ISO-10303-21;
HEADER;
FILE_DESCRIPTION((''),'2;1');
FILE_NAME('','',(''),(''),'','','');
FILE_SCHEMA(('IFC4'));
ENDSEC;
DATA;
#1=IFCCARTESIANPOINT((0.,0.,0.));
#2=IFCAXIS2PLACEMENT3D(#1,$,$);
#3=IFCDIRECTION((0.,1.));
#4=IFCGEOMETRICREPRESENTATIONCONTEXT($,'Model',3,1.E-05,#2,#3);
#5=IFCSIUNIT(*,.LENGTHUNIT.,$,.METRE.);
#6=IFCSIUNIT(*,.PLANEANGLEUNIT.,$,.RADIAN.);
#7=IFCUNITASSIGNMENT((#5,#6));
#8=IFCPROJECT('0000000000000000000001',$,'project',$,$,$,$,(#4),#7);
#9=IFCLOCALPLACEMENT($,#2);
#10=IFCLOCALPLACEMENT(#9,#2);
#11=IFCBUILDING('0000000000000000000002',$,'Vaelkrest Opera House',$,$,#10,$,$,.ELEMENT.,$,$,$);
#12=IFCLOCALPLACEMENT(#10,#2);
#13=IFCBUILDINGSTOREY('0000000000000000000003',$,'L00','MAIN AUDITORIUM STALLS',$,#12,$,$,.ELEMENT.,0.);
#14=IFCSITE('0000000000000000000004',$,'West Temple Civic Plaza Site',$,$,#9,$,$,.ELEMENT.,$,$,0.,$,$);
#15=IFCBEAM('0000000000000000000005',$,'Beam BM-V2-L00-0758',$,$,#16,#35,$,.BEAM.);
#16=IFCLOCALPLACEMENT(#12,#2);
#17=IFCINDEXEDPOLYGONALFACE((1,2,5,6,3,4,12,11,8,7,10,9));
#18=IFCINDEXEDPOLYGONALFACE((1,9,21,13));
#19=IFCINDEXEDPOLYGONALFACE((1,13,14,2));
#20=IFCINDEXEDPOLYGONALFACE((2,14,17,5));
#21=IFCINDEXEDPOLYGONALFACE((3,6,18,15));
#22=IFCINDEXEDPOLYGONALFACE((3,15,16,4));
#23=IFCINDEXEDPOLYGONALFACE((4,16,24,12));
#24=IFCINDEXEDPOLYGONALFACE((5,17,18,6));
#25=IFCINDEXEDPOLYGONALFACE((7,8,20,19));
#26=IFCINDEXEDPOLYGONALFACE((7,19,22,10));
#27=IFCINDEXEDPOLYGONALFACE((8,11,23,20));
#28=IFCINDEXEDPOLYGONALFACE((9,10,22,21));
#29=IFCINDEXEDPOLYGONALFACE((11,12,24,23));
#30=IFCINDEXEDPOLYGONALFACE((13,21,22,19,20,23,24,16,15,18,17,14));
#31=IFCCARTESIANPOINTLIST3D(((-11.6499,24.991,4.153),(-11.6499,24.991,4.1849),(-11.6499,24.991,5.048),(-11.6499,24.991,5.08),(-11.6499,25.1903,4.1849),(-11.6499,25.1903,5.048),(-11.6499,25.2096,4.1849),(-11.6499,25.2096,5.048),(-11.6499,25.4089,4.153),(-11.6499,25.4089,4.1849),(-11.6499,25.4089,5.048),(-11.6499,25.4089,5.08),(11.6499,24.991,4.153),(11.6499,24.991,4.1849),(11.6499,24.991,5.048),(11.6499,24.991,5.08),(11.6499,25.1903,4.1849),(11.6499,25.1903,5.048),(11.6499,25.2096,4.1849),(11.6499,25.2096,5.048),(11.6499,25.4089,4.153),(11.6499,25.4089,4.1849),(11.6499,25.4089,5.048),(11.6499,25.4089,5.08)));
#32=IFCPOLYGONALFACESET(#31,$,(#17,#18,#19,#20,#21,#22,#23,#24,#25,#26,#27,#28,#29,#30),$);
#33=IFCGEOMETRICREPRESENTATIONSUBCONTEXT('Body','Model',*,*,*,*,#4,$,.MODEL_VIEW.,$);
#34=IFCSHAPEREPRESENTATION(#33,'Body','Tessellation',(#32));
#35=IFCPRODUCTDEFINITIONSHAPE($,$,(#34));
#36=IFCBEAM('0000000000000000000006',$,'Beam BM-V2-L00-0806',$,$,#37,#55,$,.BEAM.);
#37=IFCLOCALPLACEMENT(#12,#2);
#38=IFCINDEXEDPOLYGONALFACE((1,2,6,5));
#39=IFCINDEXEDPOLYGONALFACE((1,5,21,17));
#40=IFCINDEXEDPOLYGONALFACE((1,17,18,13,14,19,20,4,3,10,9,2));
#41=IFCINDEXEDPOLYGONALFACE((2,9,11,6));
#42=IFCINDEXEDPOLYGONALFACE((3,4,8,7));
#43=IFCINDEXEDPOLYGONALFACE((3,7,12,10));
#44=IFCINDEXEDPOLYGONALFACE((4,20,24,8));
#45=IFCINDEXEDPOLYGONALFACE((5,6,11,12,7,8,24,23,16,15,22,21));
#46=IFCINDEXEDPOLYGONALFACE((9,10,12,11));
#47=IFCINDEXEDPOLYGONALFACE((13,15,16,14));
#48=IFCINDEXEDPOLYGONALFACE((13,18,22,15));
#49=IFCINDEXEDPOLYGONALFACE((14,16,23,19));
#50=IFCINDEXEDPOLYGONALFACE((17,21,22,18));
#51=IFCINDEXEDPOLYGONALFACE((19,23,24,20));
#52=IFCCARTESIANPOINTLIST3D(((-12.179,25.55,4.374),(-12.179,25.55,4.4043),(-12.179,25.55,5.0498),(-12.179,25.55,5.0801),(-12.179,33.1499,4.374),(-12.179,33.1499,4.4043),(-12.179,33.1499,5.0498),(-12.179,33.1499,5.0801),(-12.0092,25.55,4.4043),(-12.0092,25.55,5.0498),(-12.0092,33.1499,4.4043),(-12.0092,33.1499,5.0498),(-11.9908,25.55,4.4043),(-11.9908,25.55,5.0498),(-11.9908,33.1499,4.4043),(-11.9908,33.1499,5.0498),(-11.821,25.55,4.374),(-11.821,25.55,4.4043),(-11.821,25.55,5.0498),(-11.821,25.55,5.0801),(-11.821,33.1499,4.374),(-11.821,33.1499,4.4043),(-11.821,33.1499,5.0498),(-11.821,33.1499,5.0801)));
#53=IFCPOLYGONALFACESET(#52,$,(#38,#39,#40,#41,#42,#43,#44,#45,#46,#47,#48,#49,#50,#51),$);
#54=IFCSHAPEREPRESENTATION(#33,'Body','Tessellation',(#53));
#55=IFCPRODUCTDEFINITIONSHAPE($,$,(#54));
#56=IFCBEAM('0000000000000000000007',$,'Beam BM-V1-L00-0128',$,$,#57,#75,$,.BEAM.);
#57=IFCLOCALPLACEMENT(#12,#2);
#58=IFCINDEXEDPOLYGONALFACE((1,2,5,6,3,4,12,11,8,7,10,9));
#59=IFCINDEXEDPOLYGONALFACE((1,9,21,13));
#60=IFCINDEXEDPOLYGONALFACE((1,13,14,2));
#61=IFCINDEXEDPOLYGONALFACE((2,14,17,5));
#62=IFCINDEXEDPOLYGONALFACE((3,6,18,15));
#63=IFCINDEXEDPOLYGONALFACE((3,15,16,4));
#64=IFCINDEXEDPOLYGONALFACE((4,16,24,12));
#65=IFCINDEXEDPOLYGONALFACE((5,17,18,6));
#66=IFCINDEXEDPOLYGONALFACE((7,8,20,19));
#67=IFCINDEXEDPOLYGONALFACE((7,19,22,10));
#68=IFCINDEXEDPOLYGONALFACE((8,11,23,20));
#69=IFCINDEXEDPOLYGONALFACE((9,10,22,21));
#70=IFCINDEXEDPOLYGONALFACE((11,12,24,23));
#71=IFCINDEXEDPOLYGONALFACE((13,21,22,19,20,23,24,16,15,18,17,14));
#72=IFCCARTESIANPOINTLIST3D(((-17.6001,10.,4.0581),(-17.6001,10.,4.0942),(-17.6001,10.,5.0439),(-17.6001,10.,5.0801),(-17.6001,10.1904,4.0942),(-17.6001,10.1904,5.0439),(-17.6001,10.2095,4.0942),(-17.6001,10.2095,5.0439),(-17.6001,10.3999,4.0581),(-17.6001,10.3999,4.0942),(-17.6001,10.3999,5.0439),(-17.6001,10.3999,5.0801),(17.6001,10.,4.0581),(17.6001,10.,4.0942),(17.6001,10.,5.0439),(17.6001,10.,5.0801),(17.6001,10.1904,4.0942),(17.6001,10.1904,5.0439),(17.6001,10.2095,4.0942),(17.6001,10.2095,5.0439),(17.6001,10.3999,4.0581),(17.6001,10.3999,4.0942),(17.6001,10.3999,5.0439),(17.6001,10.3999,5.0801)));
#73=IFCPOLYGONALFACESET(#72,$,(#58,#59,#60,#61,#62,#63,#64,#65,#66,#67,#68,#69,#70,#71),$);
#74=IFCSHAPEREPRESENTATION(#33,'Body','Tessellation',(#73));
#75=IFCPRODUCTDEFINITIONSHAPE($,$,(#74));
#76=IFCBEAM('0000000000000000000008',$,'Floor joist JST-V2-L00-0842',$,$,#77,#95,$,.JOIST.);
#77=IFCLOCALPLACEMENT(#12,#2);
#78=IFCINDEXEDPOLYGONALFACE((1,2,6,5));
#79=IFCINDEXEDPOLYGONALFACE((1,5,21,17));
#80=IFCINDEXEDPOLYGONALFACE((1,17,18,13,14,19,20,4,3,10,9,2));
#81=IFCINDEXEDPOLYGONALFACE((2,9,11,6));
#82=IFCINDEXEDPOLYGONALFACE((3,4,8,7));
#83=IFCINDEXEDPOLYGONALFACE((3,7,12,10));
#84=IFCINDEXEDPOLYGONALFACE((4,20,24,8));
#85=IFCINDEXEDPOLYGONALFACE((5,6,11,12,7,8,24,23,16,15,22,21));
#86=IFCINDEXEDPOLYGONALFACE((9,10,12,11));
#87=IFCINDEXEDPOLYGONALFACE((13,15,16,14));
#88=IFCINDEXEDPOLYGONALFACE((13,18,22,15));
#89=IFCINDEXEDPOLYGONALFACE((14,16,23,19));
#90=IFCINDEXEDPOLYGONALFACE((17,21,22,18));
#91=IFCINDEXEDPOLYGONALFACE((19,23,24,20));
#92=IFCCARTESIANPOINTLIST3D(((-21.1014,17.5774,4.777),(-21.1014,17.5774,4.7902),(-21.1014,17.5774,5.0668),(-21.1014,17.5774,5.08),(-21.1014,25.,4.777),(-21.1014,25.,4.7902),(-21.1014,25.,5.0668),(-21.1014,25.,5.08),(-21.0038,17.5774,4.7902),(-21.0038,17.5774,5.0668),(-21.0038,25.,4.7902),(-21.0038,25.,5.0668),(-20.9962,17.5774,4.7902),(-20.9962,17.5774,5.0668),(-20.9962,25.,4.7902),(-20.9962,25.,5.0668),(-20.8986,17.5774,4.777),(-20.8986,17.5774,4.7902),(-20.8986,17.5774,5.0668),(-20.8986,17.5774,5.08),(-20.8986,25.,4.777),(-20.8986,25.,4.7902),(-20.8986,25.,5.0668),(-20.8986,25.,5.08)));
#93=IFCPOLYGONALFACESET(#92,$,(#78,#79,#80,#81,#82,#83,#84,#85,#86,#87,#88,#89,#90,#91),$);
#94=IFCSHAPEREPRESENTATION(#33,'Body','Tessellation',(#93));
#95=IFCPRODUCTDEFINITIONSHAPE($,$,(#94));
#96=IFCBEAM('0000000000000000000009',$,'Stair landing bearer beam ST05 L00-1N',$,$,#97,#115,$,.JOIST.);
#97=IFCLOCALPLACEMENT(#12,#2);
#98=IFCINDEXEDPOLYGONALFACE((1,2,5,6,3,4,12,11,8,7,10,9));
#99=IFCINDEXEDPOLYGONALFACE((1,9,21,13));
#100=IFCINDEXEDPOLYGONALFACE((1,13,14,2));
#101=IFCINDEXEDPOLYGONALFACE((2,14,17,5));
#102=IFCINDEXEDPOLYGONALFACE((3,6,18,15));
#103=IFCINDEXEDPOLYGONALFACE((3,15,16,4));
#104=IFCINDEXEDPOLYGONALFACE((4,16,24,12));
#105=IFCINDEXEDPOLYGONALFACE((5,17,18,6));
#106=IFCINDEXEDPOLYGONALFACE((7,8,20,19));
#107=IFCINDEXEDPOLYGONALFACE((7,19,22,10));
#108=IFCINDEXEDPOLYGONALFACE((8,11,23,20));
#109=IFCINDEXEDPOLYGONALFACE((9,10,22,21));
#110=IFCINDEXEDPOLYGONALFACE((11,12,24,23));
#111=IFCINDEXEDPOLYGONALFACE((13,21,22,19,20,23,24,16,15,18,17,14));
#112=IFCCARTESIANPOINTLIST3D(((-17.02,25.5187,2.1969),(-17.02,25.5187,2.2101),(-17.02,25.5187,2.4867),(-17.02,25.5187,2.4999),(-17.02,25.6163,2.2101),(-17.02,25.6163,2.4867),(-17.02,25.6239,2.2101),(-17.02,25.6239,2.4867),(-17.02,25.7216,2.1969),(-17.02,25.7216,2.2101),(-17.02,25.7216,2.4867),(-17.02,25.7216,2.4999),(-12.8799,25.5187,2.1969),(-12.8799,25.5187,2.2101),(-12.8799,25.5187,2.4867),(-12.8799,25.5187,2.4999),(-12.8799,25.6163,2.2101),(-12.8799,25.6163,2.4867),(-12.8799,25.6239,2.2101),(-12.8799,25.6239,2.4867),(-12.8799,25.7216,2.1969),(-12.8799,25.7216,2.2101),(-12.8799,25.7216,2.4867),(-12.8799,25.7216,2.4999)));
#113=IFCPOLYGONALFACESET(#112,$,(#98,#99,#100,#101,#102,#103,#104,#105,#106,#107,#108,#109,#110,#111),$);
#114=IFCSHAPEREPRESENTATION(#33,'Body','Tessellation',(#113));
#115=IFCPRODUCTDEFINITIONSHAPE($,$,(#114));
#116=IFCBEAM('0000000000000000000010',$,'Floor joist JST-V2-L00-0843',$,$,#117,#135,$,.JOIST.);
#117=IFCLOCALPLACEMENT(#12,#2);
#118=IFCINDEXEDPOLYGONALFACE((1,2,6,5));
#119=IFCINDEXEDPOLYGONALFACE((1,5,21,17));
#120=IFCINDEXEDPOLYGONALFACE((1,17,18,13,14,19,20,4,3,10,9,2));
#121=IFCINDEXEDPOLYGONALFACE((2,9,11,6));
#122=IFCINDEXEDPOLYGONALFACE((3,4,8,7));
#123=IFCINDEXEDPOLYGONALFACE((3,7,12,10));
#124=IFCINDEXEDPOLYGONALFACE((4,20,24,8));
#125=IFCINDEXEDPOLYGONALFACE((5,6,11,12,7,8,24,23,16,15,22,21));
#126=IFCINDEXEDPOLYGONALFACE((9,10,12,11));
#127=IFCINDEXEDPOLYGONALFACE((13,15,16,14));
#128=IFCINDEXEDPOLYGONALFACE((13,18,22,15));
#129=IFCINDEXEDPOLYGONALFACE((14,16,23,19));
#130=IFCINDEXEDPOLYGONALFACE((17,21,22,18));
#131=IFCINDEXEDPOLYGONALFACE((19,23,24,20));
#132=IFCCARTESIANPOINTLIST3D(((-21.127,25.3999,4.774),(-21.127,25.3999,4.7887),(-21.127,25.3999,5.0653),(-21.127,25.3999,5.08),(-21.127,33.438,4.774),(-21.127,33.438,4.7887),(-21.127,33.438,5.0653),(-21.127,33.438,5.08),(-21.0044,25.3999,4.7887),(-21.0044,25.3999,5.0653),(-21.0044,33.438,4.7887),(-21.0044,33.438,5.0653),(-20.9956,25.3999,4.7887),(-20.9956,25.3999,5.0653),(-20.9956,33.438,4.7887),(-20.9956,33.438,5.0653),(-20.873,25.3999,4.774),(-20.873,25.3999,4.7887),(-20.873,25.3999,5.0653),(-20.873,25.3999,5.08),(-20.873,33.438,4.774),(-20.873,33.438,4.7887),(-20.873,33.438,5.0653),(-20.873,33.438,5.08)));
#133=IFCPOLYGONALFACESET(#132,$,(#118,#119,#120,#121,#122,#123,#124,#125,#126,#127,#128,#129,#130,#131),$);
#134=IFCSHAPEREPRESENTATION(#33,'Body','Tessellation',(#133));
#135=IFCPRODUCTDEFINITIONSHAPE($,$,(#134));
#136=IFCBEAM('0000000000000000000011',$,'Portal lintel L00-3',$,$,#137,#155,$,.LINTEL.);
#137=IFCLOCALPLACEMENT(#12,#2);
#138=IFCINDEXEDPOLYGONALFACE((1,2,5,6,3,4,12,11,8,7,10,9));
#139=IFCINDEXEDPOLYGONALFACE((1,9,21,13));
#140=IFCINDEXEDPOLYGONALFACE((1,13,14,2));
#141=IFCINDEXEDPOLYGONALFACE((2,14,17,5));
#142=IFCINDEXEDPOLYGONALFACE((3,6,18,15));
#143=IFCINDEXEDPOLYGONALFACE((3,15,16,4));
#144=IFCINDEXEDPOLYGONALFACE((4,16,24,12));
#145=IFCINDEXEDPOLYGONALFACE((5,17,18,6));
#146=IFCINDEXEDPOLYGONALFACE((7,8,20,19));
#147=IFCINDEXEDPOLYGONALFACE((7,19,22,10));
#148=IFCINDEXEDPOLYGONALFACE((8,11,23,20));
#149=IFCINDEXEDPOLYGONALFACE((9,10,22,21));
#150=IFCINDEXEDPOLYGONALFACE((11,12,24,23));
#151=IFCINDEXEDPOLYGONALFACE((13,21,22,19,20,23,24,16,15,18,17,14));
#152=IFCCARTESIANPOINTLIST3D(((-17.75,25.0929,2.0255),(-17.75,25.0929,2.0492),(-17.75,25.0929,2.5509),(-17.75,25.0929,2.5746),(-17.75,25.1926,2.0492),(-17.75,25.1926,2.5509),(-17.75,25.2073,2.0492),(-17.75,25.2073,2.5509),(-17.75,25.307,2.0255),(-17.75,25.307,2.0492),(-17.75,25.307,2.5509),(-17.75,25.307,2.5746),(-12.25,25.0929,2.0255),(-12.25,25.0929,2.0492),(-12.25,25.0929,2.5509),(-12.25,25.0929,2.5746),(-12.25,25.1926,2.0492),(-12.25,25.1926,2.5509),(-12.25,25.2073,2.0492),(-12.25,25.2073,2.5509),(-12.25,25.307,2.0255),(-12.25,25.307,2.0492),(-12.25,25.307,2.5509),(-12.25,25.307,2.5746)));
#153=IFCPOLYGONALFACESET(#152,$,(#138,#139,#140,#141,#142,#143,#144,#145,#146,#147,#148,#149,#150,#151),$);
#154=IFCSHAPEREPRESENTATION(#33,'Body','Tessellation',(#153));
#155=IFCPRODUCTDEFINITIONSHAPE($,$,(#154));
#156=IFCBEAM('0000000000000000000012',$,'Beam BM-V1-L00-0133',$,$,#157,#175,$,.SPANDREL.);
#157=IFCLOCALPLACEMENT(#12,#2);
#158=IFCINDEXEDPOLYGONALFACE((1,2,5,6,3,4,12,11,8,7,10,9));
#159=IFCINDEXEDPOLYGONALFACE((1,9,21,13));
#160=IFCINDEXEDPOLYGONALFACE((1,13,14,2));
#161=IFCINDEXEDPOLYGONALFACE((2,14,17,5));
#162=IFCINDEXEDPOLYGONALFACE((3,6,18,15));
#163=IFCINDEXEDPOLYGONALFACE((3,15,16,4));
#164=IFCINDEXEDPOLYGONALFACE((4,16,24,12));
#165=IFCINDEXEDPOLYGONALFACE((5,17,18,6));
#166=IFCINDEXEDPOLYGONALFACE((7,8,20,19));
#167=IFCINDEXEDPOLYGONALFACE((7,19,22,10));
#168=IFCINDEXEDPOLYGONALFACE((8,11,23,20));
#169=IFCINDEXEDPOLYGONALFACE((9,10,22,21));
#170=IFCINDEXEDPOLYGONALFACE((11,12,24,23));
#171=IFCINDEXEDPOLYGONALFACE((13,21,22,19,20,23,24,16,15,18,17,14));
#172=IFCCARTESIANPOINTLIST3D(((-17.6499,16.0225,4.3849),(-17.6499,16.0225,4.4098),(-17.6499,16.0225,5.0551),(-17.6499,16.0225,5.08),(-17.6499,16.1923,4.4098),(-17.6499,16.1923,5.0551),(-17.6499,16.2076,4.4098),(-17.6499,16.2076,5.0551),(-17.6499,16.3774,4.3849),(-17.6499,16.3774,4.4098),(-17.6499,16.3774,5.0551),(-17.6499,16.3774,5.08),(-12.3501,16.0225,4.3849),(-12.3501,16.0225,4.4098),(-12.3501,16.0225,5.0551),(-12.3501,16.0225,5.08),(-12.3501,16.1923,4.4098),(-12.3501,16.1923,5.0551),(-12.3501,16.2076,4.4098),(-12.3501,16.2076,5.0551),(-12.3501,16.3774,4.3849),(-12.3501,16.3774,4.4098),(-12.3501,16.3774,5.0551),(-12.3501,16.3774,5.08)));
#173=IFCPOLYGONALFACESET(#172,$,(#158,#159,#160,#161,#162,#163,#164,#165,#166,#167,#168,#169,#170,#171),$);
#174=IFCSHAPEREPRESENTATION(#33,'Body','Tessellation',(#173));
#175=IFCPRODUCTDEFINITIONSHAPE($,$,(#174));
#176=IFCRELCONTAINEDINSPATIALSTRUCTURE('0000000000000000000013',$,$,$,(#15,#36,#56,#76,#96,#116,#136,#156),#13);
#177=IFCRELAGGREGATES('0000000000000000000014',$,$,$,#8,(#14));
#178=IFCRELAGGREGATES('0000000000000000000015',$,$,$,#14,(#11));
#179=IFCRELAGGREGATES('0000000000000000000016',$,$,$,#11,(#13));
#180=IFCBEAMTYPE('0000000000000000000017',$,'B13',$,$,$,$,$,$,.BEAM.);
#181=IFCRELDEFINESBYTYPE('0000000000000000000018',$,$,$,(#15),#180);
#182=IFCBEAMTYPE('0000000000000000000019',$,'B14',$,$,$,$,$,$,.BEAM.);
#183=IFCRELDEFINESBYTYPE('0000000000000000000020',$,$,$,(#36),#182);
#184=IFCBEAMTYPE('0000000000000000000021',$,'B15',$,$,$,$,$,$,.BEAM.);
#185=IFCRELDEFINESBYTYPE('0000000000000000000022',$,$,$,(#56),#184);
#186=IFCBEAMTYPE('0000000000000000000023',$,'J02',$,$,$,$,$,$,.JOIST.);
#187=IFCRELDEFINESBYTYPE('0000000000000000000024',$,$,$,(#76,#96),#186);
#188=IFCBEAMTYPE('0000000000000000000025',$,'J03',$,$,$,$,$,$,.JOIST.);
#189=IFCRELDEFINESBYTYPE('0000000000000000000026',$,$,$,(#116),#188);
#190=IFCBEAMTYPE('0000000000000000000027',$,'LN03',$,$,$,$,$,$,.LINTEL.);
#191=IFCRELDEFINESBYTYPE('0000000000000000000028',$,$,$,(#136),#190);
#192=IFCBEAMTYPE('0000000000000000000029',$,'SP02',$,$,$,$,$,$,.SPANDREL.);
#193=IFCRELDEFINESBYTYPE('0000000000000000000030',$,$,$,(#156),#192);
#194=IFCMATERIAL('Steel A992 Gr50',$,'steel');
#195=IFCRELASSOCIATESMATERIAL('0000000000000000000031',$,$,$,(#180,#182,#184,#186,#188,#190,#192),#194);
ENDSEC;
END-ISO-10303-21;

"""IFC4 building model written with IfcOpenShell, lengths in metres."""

from ifc_helpers import new_model, si_unit, direction, frame, origin, origin_2d, place, context, subcontext, project, spatial, i_section, extrude, material, material_profile, profile_set, type_object, element, save


model = new_model("IFC4")

# Units and contexts
model_context = context("Model", 3, precision=1e-05, world=origin(), true_north=direction((0.0, 1.0)))
body_context = subcontext(model_context, "Body", "Model", "MODEL_VIEW")
ifc_project = project(units=[si_unit("LENGTHUNIT", "METRE"), si_unit("PLANEANGLEUNIT", "RADIAN")], contexts=[model_context])

# Site, building, storey
site_placement = place(None, origin())
site = spatial("IfcSite", under=ifc_project, at=site_placement, Name="West Temple Civic Plaza Site", CompositionType="ELEMENT", RefElevation=0.0)
building_placement = place(site_placement, origin())
building = spatial("IfcBuilding", under=site, at=building_placement, Name="Vaelkrest Opera House", CompositionType="ELEMENT")
storey_placement = place(building_placement, origin())
storey = spatial("IfcBuildingStorey", under=building, at=storey_placement, Name="L00", Description="MAIN AUDITORIUM STALLS", CompositionType="ELEMENT", Elevation=0.0)

# Beams
ifc_material_1 = material(Name="Steel A992 Gr50", Category="steel")
ifc_material_profile_1 = material_profile(ifc_material_1, i_section(OverallWidth=0.418, OverallDepth=0.927, WebThickness=0.0193, FlangeThickness=0.032, at=origin_2d()), Name="W36X231")
ifc_profile_set_1 = profile_set([ifc_material_profile_1], Name="Steel A992 Gr50")
beam_type_1 = type_object("IfcBeamType", Name="B13", PredefinedType="BEAM", material=ifc_profile_set_1)
beam_1_placement = place(storey_placement, frame((-11.6499, 25.2, 4.6165), z_axis=(1.0, 0.0, 0.0), x_axis=(0.0, 1.0, 0.0)))
element("IfcBeam", 1, at=beam_1_placement, inside=storey, type_object=beam_type_1, Name="Beam BM-V2-L00-0758", PredefinedType="BEAM", context=body_context, shape_type="SweptSolid", body=[
    extrude(i_section(OverallWidth=0.418, OverallDepth=0.927, WebThickness=0.0193, FlangeThickness=0.032, at=origin_2d()), origin(), (0.0, 0.0, 1.0), 23.2998),
])
ifc_material_profile_2 = material_profile(ifc_material_1, i_section(OverallWidth=0.3579, OverallDepth=0.7061, WebThickness=0.0183, FlangeThickness=0.0303, at=origin_2d()), Name="W27X178")
ifc_profile_set_2 = profile_set([ifc_material_profile_2], Name="Steel A992 Gr50")
beam_type_2 = type_object("IfcBeamType", Name="B14", PredefinedType="BEAM", material=ifc_profile_set_2)
beam_2_placement = place(storey_placement, frame((-12.0, 25.55, 4.7271), z_axis=(0.0, 1.0, 0.0), x_axis=(-1.0, 0.0, 0.0)))
element("IfcBeam", 2, at=beam_2_placement, inside=storey, type_object=beam_type_2, Name="Beam BM-V2-L00-0806", PredefinedType="BEAM", context=body_context, shape_type="SweptSolid", body=[
    extrude(i_section(OverallWidth=0.3579, OverallDepth=0.7061, WebThickness=0.0183, FlangeThickness=0.0303, at=origin_2d()), origin(), (0.0, 0.0, 1.0), 7.5999),
])
ifc_material_profile_3 = material_profile(ifc_material_1, i_section(OverallWidth=0.3999, OverallDepth=1.022, WebThickness=0.019, FlangeThickness=0.0361, at=origin_2d()), Name="W40X249")
ifc_profile_set_3 = profile_set([ifc_material_profile_3], Name="Steel A992 Gr50")
beam_type_3 = type_object("IfcBeamType", Name="B15", PredefinedType="BEAM", material=ifc_profile_set_3)
beam_3_placement = place(storey_placement, frame((-17.6001, 10.2, 4.5691), z_axis=(1.0, 0.0, 0.0), x_axis=(0.0, 1.0, 0.0)))
element("IfcBeam", 3, at=beam_3_placement, inside=storey, type_object=beam_type_3, Name="Beam BM-V1-L00-0128", PredefinedType="BEAM", context=body_context, shape_type="SweptSolid", body=[
    extrude(i_section(OverallWidth=0.3999, OverallDepth=1.022, WebThickness=0.019, FlangeThickness=0.0361, at=origin_2d()), origin(), (0.0, 0.0, 1.0), 35.2002),
])
ifc_material_profile_4 = material_profile(ifc_material_1, i_section(OverallWidth=0.2029, OverallDepth=0.303, WebThickness=0.0076, FlangeThickness=0.0132, at=origin_2d()), Name="W12X40")
ifc_profile_set_4 = profile_set([ifc_material_profile_4], Name="Steel A992 Gr50")
beam_type_4 = type_object("IfcBeamType", Name="J02", PredefinedType="JOIST", material=ifc_profile_set_4)
beam_4_placement = place(storey_placement, frame((-21.0, 17.5774, 4.9285), z_axis=(0.0, 1.0, 0.0), x_axis=(-1.0, 0.0, 0.0)))
element("IfcBeam", 4, at=beam_4_placement, inside=storey, type_object=beam_type_4, Name="Floor joist JST-V2-L00-0842", PredefinedType="JOIST", context=body_context, shape_type="SweptSolid", body=[
    extrude(i_section(OverallWidth=0.2029, OverallDepth=0.303, WebThickness=0.0076, FlangeThickness=0.0132, at=origin_2d()), origin(), (0.0, 0.0, 1.0), 7.4226),
])
beam_5_placement = place(storey_placement, frame((-17.02, 25.6201, 2.3484), z_axis=(1.0, 0.0, 0.0), x_axis=(0.0, 1.0, 0.0)))
element("IfcBeam", 5, at=beam_5_placement, inside=storey, type_object=beam_type_4, Name="Stair landing bearer beam ST05 L00-1N", PredefinedType="JOIST", context=body_context, shape_type="SweptSolid", body=[
    extrude(i_section(OverallWidth=0.2029, OverallDepth=0.303, WebThickness=0.0076, FlangeThickness=0.0132, at=origin_2d()), origin(), (0.0, 0.0, 1.0), 4.1401),
])
ifc_material_profile_5 = material_profile(ifc_material_1, i_section(OverallWidth=0.2539, OverallDepth=0.3059, WebThickness=0.0088, FlangeThickness=0.0146, at=origin_2d()), Name="W12X53")
ifc_profile_set_5 = profile_set([ifc_material_profile_5], Name="Steel A992 Gr50")
beam_type_5 = type_object("IfcBeamType", Name="J03", PredefinedType="JOIST", material=ifc_profile_set_5)
beam_6_placement = place(storey_placement, frame((-21.0, 25.3999, 4.927), z_axis=(0.0, 1.0, 0.0), x_axis=(-1.0, 0.0, 0.0)))
element("IfcBeam", 6, at=beam_6_placement, inside=storey, type_object=beam_type_5, Name="Floor joist JST-V2-L00-0843", PredefinedType="JOIST", context=body_context, shape_type="SweptSolid", body=[
    extrude(i_section(OverallWidth=0.2539, OverallDepth=0.3059, WebThickness=0.0088, FlangeThickness=0.0146, at=origin_2d()), origin(), (0.0, 0.0, 1.0), 8.0381),
])
ifc_material_profile_6 = material_profile(ifc_material_1, i_section(OverallWidth=0.2141, OverallDepth=0.5491, WebThickness=0.0146, FlangeThickness=0.0237, at=origin_2d()), Name="W21X93")
ifc_profile_set_6 = profile_set([ifc_material_profile_6], Name="Steel A992 Gr50")
beam_type_6 = type_object("IfcBeamType", Name="LN03", PredefinedType="LINTEL", material=ifc_profile_set_6)
beam_7_placement = place(storey_placement, frame((-17.75, 25.2, 2.3), z_axis=(1.0, 0.0, 0.0), x_axis=(0.0, 1.0, 0.0)))
element("IfcBeam", 7, at=beam_7_placement, inside=storey, type_object=beam_type_6, Name="Portal lintel L00-3", PredefinedType="LINTEL", context=body_context, shape_type="SweptSolid", body=[
    extrude(i_section(OverallWidth=0.2141, OverallDepth=0.5491, WebThickness=0.0146, FlangeThickness=0.0237, at=origin_2d()), origin(), (0.0, 0.0, 1.0), 5.5),
])
ifc_material_profile_7 = material_profile(ifc_material_1, i_section(OverallWidth=0.355, OverallDepth=0.6951, WebThickness=0.0154, FlangeThickness=0.0249, at=origin_2d()), Name="W27X146")
ifc_profile_set_7 = profile_set([ifc_material_profile_7], Name="Steel A992 Gr50")
beam_type_7 = type_object("IfcBeamType", Name="SP02", PredefinedType="SPANDREL", material=ifc_profile_set_7)
for number, where, z_axis, x_axis, name in (
    (8, (-17.6499, 16.2, 4.7324), (1.0, 0.0, 0.0), (0.0, 1.0, 0.0), "Beam BM-V1-L00-0133"),
):
    element("IfcBeam", number, at=place(storey_placement, frame(where, z_axis=z_axis, x_axis=x_axis)), inside=storey, type_object=beam_type_7, Name=name, PredefinedType="SPANDREL", context=body_context, shape_type="SweptSolid", body=[
        extrude(i_section(OverallWidth=0.355, OverallDepth=0.6951, WebThickness=0.0154, FlangeThickness=0.0249, at=origin_2d()), origin(), (0.0, 0.0, 1.0), 5.2998),
    ])

save(model, "model.ifc")
